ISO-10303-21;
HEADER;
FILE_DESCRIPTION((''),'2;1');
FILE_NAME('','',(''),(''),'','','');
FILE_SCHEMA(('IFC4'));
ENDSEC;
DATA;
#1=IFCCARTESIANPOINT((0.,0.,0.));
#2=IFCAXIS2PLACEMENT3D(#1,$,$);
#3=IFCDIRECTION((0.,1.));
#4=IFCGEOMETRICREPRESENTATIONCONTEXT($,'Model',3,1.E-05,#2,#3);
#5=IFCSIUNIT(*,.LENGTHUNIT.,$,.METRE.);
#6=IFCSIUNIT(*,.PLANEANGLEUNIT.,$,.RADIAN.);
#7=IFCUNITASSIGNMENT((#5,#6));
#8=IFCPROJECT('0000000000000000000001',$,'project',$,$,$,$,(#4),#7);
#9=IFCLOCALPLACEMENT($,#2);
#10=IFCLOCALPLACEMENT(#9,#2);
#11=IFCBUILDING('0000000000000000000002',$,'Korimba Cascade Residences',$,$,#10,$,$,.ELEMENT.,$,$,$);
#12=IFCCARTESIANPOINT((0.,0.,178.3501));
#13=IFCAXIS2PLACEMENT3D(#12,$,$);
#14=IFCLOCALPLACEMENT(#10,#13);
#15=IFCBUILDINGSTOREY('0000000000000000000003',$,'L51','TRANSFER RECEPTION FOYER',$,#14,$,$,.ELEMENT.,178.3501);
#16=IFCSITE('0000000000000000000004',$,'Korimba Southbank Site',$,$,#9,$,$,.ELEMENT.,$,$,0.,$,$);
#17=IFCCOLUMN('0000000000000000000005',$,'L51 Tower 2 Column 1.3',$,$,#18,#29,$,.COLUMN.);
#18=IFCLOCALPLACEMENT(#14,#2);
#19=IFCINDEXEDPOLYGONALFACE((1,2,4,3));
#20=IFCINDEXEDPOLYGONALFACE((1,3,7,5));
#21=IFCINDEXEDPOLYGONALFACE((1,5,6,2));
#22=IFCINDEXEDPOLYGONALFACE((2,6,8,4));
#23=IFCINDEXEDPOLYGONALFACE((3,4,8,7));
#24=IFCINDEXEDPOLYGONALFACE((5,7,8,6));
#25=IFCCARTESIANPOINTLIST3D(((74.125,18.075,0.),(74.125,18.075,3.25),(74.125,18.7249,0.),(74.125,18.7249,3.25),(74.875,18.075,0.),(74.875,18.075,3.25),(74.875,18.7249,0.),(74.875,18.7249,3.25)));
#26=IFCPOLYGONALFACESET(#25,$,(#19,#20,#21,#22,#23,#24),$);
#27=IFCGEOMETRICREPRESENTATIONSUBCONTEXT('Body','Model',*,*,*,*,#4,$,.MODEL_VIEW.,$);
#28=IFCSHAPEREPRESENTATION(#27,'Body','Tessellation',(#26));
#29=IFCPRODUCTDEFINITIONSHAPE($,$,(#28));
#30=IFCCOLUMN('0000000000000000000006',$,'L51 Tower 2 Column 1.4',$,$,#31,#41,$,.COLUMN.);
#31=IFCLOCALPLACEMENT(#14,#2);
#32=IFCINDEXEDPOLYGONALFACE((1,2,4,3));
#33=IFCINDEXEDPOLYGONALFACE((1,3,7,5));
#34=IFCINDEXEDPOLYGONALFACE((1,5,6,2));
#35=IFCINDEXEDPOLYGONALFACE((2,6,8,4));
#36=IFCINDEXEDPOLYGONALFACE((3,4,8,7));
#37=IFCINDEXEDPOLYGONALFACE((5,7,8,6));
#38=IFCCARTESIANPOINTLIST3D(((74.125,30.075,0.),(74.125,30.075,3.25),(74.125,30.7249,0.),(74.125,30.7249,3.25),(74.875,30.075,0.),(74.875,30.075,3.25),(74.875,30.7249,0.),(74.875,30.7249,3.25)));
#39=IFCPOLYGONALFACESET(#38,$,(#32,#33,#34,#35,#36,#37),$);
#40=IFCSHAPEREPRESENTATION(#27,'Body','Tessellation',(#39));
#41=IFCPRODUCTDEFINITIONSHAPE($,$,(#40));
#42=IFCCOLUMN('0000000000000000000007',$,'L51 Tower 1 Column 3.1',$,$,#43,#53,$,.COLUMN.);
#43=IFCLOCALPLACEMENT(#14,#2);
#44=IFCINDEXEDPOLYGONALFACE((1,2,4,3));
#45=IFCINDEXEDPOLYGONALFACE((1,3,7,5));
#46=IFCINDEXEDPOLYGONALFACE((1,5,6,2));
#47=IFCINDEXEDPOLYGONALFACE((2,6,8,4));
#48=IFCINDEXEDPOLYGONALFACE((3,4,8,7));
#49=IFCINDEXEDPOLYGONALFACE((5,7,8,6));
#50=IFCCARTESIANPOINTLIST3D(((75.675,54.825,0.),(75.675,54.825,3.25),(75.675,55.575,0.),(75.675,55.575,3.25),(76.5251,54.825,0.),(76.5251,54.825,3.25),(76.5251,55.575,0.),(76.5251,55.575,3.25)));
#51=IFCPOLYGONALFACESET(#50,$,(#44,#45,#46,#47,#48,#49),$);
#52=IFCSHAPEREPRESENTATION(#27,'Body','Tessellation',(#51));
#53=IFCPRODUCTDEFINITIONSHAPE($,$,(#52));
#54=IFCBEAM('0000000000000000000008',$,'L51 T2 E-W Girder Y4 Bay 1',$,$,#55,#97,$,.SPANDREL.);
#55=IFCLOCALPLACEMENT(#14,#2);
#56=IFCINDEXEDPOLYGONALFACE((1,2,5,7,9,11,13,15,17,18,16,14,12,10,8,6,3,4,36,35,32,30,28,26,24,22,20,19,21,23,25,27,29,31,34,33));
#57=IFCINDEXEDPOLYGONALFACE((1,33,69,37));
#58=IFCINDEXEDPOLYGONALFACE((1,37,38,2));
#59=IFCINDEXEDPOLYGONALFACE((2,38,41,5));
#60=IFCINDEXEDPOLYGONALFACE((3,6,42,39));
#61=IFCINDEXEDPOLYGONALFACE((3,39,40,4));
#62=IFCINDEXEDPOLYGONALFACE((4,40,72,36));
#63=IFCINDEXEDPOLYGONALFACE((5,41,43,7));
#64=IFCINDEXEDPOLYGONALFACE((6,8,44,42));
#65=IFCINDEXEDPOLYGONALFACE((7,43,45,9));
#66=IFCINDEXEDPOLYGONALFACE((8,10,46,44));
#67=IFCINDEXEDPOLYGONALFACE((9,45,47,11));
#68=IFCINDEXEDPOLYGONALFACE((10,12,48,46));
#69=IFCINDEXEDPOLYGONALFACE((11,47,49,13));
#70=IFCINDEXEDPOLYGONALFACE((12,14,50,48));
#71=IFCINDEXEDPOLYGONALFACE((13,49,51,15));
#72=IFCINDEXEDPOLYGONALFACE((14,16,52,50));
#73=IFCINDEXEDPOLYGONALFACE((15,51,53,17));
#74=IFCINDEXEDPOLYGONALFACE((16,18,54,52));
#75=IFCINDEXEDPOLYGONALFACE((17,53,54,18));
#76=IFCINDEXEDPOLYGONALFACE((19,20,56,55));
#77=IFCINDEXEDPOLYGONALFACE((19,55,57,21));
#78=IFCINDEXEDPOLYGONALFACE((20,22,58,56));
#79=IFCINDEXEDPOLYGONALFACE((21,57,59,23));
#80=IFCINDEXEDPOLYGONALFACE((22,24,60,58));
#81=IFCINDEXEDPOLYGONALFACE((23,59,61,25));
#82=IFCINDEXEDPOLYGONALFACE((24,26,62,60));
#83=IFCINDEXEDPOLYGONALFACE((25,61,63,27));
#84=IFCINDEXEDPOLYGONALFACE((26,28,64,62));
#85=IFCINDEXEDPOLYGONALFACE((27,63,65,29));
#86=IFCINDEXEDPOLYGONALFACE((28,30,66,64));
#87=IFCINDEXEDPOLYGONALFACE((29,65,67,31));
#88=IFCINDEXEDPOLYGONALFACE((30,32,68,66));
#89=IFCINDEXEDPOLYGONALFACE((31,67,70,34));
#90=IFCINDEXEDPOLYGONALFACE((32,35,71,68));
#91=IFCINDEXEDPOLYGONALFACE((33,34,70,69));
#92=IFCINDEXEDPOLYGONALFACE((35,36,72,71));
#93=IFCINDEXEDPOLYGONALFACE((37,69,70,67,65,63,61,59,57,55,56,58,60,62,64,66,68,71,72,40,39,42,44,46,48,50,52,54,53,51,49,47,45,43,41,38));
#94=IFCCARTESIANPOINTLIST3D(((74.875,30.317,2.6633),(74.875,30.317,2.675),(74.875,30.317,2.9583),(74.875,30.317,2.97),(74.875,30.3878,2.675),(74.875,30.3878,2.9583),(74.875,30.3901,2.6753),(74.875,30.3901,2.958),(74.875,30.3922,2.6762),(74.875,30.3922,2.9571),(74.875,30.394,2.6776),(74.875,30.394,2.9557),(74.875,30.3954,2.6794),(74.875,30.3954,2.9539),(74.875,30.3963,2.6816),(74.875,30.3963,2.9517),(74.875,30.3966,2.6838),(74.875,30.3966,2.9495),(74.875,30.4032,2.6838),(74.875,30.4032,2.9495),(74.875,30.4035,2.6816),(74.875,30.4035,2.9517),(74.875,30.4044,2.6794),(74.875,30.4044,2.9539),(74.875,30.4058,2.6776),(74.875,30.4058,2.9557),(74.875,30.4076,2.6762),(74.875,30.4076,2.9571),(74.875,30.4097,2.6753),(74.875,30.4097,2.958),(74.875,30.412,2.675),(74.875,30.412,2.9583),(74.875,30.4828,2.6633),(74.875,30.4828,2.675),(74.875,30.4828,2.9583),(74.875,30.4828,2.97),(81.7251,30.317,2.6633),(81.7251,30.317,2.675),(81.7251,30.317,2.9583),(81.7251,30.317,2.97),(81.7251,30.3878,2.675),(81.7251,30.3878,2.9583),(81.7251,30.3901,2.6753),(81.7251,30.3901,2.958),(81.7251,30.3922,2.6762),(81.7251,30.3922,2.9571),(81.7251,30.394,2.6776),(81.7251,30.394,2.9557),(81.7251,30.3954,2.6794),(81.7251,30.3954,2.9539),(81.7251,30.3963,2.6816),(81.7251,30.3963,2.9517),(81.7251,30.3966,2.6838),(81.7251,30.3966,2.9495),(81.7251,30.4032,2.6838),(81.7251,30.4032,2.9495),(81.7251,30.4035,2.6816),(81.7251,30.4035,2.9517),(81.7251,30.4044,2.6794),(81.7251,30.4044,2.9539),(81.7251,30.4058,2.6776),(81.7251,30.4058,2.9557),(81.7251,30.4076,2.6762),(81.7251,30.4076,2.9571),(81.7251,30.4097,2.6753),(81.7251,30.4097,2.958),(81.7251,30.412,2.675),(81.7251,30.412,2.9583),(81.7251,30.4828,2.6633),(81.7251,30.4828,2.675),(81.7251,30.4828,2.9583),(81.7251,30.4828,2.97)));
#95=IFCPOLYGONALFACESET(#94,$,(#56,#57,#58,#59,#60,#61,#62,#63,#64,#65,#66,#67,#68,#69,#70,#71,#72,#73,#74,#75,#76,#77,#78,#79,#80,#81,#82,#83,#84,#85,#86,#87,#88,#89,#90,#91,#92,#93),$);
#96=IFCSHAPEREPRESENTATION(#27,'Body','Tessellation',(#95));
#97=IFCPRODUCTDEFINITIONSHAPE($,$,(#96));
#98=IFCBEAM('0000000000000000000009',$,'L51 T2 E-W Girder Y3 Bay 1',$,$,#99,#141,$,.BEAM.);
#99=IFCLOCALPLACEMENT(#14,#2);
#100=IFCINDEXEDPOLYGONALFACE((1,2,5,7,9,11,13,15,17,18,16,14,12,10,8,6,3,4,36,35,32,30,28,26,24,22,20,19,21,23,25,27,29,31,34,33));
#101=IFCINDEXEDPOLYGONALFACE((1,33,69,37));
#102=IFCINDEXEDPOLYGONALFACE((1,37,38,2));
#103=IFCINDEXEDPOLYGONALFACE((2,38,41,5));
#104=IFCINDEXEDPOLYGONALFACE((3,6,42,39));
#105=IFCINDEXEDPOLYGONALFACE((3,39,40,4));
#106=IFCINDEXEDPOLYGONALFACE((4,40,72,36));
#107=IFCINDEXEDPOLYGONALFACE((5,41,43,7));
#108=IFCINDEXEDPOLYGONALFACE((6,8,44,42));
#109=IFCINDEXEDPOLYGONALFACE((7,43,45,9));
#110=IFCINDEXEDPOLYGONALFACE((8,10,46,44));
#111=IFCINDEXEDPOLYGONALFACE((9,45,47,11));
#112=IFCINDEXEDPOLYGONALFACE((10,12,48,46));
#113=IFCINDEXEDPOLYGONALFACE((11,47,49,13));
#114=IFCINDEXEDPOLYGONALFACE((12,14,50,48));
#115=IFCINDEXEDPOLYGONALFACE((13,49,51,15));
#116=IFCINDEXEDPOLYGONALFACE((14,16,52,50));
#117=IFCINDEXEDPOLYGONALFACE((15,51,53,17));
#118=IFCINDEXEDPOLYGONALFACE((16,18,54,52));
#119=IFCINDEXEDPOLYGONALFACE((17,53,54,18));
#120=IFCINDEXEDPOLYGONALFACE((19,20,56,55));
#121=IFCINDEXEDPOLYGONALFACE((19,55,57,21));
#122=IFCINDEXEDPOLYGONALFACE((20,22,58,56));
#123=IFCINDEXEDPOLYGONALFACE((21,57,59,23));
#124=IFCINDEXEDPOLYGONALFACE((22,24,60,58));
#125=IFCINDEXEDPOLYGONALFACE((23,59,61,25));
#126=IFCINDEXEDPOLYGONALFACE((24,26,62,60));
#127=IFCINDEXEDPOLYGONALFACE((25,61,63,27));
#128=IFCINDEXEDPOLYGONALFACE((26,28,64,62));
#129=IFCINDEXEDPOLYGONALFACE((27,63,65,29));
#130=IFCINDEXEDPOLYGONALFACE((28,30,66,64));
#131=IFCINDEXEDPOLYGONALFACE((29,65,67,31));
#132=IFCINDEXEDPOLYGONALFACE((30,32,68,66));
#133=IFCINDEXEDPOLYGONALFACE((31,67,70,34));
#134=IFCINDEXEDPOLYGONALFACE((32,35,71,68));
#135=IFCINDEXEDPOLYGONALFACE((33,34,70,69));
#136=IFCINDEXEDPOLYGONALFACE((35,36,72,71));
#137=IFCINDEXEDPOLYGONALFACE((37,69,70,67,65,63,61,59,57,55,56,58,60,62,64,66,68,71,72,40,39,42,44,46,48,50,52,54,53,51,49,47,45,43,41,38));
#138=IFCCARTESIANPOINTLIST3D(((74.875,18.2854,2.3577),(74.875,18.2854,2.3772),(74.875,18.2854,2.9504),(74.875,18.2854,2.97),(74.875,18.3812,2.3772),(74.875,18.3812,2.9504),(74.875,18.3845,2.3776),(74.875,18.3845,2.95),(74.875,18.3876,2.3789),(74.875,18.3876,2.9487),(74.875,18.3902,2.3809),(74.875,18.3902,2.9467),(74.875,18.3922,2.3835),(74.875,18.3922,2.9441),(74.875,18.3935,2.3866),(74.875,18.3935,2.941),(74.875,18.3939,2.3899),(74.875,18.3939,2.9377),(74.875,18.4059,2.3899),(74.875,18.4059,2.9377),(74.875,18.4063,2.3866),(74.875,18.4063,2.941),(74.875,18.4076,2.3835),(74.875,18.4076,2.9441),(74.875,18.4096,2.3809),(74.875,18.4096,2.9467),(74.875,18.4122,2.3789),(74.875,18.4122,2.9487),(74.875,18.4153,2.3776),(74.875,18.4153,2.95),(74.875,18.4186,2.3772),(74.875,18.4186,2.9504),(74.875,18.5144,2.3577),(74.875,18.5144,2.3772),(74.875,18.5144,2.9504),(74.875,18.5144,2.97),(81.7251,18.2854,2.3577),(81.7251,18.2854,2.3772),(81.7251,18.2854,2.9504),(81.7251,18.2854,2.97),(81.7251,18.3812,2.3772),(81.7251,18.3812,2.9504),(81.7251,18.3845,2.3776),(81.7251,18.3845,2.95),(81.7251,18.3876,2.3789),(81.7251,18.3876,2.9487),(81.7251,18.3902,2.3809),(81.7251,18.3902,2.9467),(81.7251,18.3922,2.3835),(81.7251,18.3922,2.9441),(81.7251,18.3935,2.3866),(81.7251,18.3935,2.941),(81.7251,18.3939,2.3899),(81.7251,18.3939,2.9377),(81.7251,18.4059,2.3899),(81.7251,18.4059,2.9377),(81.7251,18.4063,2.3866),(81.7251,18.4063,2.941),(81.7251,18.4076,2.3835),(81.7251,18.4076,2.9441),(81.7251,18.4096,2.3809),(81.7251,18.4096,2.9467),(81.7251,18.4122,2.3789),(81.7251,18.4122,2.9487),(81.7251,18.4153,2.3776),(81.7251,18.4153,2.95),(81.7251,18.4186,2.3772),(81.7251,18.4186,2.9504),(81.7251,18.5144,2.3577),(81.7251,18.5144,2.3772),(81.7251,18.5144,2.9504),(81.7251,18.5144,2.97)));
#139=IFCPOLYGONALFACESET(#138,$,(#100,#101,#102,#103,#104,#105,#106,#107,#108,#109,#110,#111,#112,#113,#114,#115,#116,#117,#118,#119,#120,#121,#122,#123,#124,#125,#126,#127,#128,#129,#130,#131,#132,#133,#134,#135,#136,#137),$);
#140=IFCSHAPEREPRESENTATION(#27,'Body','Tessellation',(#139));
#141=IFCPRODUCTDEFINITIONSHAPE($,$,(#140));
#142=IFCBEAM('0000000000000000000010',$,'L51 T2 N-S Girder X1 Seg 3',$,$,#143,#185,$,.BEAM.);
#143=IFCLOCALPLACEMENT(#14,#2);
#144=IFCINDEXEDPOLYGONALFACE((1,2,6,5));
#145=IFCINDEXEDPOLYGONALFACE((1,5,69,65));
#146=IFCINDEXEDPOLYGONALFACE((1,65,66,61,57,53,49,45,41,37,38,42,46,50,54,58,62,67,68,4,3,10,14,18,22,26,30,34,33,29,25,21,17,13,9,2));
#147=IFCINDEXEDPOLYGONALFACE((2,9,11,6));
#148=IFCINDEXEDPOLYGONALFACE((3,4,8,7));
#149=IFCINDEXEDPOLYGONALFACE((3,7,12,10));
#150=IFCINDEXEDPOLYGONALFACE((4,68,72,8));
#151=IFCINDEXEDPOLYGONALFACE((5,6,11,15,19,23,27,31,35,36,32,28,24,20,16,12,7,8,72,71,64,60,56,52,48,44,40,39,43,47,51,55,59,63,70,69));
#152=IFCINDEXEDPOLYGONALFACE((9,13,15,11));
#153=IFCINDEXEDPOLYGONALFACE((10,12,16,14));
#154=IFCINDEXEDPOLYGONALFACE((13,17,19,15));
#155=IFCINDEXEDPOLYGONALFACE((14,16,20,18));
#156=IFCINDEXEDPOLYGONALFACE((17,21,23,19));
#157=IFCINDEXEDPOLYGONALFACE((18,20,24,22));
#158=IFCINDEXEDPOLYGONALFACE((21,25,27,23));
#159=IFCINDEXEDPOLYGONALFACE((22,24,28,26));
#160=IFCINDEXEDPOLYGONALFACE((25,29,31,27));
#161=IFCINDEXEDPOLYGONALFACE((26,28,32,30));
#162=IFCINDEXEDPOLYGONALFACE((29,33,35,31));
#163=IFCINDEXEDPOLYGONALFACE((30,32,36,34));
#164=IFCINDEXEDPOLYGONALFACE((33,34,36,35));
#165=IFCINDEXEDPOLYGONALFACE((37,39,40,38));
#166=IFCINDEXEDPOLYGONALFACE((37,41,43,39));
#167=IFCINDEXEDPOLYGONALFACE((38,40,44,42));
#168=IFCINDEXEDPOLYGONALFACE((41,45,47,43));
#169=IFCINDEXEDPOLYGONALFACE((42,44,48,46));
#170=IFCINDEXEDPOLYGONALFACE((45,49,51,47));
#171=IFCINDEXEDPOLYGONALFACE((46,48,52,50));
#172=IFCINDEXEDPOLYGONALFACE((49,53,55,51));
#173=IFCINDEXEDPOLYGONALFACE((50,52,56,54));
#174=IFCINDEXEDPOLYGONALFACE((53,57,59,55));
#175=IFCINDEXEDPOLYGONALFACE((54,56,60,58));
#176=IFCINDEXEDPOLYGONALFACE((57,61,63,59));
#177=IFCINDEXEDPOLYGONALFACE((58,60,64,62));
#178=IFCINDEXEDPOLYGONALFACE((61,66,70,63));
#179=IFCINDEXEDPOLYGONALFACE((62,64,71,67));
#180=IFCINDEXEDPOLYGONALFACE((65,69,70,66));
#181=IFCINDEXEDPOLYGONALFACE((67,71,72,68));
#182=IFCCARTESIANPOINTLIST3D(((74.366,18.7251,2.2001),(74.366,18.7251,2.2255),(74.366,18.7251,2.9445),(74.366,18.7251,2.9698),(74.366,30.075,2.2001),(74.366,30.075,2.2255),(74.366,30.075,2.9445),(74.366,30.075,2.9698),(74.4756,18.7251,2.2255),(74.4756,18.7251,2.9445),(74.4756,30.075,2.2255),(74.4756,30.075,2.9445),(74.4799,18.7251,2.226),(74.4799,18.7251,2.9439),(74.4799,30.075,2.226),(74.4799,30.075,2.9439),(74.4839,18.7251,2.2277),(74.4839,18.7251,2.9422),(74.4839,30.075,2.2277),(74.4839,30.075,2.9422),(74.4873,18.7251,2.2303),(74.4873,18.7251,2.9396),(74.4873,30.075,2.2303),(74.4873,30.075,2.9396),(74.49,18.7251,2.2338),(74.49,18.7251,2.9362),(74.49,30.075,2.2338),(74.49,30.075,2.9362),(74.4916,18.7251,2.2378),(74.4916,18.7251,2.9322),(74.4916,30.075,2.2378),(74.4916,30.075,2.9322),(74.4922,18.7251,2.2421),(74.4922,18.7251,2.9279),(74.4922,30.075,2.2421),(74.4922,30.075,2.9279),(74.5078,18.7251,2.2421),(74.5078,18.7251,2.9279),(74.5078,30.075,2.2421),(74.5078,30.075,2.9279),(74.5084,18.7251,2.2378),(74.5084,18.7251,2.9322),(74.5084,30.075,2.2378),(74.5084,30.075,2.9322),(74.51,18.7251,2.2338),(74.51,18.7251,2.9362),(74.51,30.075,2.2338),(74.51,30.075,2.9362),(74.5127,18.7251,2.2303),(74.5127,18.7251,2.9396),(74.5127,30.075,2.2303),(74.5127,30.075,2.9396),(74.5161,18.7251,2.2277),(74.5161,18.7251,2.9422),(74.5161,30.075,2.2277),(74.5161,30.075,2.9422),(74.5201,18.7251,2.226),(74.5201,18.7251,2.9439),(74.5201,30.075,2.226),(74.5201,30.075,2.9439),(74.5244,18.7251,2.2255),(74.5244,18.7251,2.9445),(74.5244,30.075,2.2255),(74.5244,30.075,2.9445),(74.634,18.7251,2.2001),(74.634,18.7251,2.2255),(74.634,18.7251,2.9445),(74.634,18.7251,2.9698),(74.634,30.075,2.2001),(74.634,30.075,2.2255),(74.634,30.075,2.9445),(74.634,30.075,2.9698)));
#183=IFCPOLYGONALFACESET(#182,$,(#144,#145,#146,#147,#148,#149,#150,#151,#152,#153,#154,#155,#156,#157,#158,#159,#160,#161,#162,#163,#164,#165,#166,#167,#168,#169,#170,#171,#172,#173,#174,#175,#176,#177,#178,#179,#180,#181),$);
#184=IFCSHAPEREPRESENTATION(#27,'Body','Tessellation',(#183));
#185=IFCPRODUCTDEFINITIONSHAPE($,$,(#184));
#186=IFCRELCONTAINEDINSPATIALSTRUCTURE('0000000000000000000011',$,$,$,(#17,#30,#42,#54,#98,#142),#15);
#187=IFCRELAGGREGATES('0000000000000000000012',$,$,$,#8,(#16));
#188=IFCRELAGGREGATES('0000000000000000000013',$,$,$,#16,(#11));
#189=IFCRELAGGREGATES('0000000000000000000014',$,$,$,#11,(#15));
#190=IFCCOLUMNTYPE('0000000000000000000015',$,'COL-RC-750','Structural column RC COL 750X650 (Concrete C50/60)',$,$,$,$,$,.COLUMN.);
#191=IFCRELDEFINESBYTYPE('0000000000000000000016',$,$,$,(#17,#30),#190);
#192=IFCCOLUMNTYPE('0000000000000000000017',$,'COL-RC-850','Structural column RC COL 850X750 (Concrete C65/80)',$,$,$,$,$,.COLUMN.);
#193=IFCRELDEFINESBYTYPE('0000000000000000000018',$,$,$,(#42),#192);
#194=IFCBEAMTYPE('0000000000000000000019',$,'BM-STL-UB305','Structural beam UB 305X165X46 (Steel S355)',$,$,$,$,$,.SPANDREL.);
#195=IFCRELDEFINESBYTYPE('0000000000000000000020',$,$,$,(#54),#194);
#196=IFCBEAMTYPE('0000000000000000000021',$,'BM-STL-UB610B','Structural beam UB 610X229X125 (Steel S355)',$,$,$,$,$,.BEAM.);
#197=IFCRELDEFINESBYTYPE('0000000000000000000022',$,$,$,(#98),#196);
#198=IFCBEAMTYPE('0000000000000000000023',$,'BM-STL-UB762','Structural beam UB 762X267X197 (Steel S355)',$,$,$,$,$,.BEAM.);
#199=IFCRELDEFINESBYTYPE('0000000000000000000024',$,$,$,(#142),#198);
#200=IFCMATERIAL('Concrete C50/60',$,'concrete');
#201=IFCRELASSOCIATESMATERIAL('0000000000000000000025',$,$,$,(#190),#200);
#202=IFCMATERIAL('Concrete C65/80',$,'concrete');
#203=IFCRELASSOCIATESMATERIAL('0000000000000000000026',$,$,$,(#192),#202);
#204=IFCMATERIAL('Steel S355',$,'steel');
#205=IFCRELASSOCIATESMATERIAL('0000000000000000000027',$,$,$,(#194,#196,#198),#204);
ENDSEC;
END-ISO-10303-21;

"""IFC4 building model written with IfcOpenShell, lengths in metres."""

from ifc_helpers import new_model, si_unit, direction, frame, origin, origin_2d, place, context, subcontext, project, spatial, rectangle, i_section, extrude, material, material_profile, profile_set, type_object, element, save


model = new_model("IFC4")

# Units and contexts
model_context = context("Model", 3, precision=1e-05, world=origin(), true_north=direction((0.0, 1.0)))
body_context = subcontext(model_context, "Body", "Model", "MODEL_VIEW")
ifc_project = project(units=[si_unit("LENGTHUNIT", "METRE"), si_unit("PLANEANGLEUNIT", "RADIAN")], contexts=[model_context])

# Site, building, storey
site_placement = place(None, origin())
site = spatial("IfcSite", under=ifc_project, at=site_placement, Name="Korimba Southbank Site", CompositionType="ELEMENT", RefElevation=0.0)
building_placement = place(site_placement, origin())
building = spatial("IfcBuilding", under=site, at=building_placement, Name="Korimba Cascade Residences", CompositionType="ELEMENT")
storey_placement = place(building_placement, frame((0.0, 0.0, 178.3501)))
storey = spatial("IfcBuildingStorey", under=building, at=storey_placement, Name="L51", Description="TRANSFER RECEPTION FOYER", CompositionType="ELEMENT", Elevation=178.3501)

# Columns
ifc_material_1 = material(Name="Concrete C50/60", Category="concrete")
ifc_material_profile_1 = material_profile(ifc_material_1, rectangle(XDim=0.75, YDim=0.6499, at=origin_2d()), Name="Concrete C50/60")
ifc_profile_set_1 = profile_set([ifc_material_profile_1], Name="Concrete C50/60")
column_type_1 = type_object("IfcColumnType", Name="COL-RC-750", Description="Structural column RC COL 750X650 (Concrete C50/60)", PredefinedType="COLUMN", material=ifc_profile_set_1)
for number, where, z_axis, x_axis, name in (
    (1, (74.5, 18.3999, 0.0), (0.0, 0.0, 1.0), (1.0, 0.0, 0.0), "L51 Tower 2 Column 1.3"),
    (2, (74.5, 30.3999, 0.0), (0.0, 0.0, 1.0), (1.0, 0.0, 0.0), "L51 Tower 2 Column 1.4"),
):
    element("IfcColumn", number, at=place(storey_placement, frame(where, z_axis=z_axis, x_axis=x_axis)), inside=storey, type_object=column_type_1, Name=name, PredefinedType="COLUMN", context=body_context, shape_type="SweptSolid", body=[
        extrude(rectangle(XDim=0.75, YDim=0.6499, at=origin_2d()), origin(), (0.0, 0.0, 1.0), 3.25),
    ])
ifc_material_2 = material(Name="Concrete C65/80", Category="concrete")
ifc_material_profile_2 = material_profile(ifc_material_2, rectangle(XDim=0.8501, YDim=0.75, at=origin_2d()), Name="Concrete C65/80")
ifc_profile_set_2 = profile_set([ifc_material_profile_2], Name="Concrete C65/80")
column_type_2 = type_object("IfcColumnType", Name="COL-RC-850", Description="Structural column RC COL 850X750 (Concrete C65/80)", PredefinedType="COLUMN", material=ifc_profile_set_2)
column_placement = place(storey_placement, frame((76.1001, 55.2, 0.0), z_axis=(0.0, 0.0, 1.0), x_axis=(1.0, 0.0, 0.0)))
element("IfcColumn", 3, at=column_placement, inside=storey, type_object=column_type_2, Name="L51 Tower 1 Column 3.1", PredefinedType="COLUMN", context=body_context, shape_type="SweptSolid", body=[
    extrude(rectangle(XDim=0.8501, YDim=0.75, at=origin_2d()), origin(), (0.0, 0.0, 1.0), 3.25),
])

# Beams
ifc_material_3 = material(Name="Steel S355", Category="steel")
ifc_material_profile_3 = material_profile(ifc_material_3, i_section(OverallWidth=0.1658, OverallDepth=0.3066, WebThickness=0.0066, FlangeThickness=0.0117, FilletRadius=0.0088, at=origin_2d()), Name="Steel S355")
ifc_profile_set_3 = profile_set([ifc_material_profile_3], Name="Steel S355")
beam_type_1 = type_object("IfcBeamType", Name="BM-STL-UB305", Description="Structural beam UB 305X165X46 (Steel S355)", PredefinedType="SPANDREL", material=ifc_profile_set_3)
beam_1_placement = place(storey_placement, frame((74.875, 30.3999, 2.8167), z_axis=(1.0, 0.0, 0.0), x_axis=(0.0, 1.0, 0.0)))
element("IfcBeam", 4, at=beam_1_placement, inside=storey, type_object=beam_type_1, Name="L51 T2 E-W Girder Y4 Bay 1", PredefinedType="SPANDREL", context=body_context, shape_type="SweptSolid", body=[
    extrude(i_section(OverallWidth=0.1658, OverallDepth=0.3066, WebThickness=0.0066, FlangeThickness=0.0117, FilletRadius=0.0088, at=origin_2d()), origin(), (0.0, 0.0, 1.0), 6.8501),
])
ifc_material_profile_4 = material_profile(ifc_material_3, i_section(OverallWidth=0.229, OverallDepth=0.6123, WebThickness=0.012, FlangeThickness=0.0195, FilletRadius=0.0127, at=origin_2d()), Name="Steel S355")
ifc_profile_set_4 = profile_set([ifc_material_profile_4], Name="Steel S355")
beam_type_2 = type_object("IfcBeamType", Name="BM-STL-UB610B", Description="Structural beam UB 610X229X125 (Steel S355)", PredefinedType="BEAM", material=ifc_profile_set_4)
beam_2_placement = place(storey_placement, frame((74.875, 18.3999, 2.6638), z_axis=(1.0, 0.0, 0.0), x_axis=(0.0, 1.0, 0.0)))
element("IfcBeam", 5, at=beam_2_placement, inside=storey, type_object=beam_type_2, Name="L51 T2 E-W Girder Y3 Bay 1", PredefinedType="BEAM", context=body_context, shape_type="SweptSolid", body=[
    extrude(i_section(OverallWidth=0.229, OverallDepth=0.6123, WebThickness=0.012, FlangeThickness=0.0195, FilletRadius=0.0127, at=origin_2d()), origin(), (0.0, 0.0, 1.0), 6.8501),
])
ifc_material_profile_5 = material_profile(ifc_material_3, i_section(OverallWidth=0.2681, OverallDepth=0.7698, WebThickness=0.0156, FlangeThickness=0.0254, FilletRadius=0.0166, at=origin_2d()), Name="Steel S355")
ifc_profile_set_5 = profile_set([ifc_material_profile_5], Name="Steel S355")
beam_type_3 = type_object("IfcBeamType", Name="BM-STL-UB762", Description="Structural beam UB 762X267X197 (Steel S355)", PredefinedType="BEAM", material=ifc_profile_set_5)
beam_3_placement = place(storey_placement, frame((74.5, 18.7251, 2.585), z_axis=(0.0, 1.0, 0.0), x_axis=(-1.0, 0.0, 0.0)))
element("IfcBeam", 6, at=beam_3_placement, inside=storey, type_object=beam_type_3, Name="L51 T2 N-S Girder X1 Seg 3", PredefinedType="BEAM", context=body_context, shape_type="SweptSolid", body=[
    extrude(i_section(OverallWidth=0.2681, OverallDepth=0.7698, WebThickness=0.0156, FlangeThickness=0.0254, FilletRadius=0.0166, at=origin_2d()), origin(), (0.0, 0.0, 1.0), 11.3499),
])

save(model, "model.ifc")
